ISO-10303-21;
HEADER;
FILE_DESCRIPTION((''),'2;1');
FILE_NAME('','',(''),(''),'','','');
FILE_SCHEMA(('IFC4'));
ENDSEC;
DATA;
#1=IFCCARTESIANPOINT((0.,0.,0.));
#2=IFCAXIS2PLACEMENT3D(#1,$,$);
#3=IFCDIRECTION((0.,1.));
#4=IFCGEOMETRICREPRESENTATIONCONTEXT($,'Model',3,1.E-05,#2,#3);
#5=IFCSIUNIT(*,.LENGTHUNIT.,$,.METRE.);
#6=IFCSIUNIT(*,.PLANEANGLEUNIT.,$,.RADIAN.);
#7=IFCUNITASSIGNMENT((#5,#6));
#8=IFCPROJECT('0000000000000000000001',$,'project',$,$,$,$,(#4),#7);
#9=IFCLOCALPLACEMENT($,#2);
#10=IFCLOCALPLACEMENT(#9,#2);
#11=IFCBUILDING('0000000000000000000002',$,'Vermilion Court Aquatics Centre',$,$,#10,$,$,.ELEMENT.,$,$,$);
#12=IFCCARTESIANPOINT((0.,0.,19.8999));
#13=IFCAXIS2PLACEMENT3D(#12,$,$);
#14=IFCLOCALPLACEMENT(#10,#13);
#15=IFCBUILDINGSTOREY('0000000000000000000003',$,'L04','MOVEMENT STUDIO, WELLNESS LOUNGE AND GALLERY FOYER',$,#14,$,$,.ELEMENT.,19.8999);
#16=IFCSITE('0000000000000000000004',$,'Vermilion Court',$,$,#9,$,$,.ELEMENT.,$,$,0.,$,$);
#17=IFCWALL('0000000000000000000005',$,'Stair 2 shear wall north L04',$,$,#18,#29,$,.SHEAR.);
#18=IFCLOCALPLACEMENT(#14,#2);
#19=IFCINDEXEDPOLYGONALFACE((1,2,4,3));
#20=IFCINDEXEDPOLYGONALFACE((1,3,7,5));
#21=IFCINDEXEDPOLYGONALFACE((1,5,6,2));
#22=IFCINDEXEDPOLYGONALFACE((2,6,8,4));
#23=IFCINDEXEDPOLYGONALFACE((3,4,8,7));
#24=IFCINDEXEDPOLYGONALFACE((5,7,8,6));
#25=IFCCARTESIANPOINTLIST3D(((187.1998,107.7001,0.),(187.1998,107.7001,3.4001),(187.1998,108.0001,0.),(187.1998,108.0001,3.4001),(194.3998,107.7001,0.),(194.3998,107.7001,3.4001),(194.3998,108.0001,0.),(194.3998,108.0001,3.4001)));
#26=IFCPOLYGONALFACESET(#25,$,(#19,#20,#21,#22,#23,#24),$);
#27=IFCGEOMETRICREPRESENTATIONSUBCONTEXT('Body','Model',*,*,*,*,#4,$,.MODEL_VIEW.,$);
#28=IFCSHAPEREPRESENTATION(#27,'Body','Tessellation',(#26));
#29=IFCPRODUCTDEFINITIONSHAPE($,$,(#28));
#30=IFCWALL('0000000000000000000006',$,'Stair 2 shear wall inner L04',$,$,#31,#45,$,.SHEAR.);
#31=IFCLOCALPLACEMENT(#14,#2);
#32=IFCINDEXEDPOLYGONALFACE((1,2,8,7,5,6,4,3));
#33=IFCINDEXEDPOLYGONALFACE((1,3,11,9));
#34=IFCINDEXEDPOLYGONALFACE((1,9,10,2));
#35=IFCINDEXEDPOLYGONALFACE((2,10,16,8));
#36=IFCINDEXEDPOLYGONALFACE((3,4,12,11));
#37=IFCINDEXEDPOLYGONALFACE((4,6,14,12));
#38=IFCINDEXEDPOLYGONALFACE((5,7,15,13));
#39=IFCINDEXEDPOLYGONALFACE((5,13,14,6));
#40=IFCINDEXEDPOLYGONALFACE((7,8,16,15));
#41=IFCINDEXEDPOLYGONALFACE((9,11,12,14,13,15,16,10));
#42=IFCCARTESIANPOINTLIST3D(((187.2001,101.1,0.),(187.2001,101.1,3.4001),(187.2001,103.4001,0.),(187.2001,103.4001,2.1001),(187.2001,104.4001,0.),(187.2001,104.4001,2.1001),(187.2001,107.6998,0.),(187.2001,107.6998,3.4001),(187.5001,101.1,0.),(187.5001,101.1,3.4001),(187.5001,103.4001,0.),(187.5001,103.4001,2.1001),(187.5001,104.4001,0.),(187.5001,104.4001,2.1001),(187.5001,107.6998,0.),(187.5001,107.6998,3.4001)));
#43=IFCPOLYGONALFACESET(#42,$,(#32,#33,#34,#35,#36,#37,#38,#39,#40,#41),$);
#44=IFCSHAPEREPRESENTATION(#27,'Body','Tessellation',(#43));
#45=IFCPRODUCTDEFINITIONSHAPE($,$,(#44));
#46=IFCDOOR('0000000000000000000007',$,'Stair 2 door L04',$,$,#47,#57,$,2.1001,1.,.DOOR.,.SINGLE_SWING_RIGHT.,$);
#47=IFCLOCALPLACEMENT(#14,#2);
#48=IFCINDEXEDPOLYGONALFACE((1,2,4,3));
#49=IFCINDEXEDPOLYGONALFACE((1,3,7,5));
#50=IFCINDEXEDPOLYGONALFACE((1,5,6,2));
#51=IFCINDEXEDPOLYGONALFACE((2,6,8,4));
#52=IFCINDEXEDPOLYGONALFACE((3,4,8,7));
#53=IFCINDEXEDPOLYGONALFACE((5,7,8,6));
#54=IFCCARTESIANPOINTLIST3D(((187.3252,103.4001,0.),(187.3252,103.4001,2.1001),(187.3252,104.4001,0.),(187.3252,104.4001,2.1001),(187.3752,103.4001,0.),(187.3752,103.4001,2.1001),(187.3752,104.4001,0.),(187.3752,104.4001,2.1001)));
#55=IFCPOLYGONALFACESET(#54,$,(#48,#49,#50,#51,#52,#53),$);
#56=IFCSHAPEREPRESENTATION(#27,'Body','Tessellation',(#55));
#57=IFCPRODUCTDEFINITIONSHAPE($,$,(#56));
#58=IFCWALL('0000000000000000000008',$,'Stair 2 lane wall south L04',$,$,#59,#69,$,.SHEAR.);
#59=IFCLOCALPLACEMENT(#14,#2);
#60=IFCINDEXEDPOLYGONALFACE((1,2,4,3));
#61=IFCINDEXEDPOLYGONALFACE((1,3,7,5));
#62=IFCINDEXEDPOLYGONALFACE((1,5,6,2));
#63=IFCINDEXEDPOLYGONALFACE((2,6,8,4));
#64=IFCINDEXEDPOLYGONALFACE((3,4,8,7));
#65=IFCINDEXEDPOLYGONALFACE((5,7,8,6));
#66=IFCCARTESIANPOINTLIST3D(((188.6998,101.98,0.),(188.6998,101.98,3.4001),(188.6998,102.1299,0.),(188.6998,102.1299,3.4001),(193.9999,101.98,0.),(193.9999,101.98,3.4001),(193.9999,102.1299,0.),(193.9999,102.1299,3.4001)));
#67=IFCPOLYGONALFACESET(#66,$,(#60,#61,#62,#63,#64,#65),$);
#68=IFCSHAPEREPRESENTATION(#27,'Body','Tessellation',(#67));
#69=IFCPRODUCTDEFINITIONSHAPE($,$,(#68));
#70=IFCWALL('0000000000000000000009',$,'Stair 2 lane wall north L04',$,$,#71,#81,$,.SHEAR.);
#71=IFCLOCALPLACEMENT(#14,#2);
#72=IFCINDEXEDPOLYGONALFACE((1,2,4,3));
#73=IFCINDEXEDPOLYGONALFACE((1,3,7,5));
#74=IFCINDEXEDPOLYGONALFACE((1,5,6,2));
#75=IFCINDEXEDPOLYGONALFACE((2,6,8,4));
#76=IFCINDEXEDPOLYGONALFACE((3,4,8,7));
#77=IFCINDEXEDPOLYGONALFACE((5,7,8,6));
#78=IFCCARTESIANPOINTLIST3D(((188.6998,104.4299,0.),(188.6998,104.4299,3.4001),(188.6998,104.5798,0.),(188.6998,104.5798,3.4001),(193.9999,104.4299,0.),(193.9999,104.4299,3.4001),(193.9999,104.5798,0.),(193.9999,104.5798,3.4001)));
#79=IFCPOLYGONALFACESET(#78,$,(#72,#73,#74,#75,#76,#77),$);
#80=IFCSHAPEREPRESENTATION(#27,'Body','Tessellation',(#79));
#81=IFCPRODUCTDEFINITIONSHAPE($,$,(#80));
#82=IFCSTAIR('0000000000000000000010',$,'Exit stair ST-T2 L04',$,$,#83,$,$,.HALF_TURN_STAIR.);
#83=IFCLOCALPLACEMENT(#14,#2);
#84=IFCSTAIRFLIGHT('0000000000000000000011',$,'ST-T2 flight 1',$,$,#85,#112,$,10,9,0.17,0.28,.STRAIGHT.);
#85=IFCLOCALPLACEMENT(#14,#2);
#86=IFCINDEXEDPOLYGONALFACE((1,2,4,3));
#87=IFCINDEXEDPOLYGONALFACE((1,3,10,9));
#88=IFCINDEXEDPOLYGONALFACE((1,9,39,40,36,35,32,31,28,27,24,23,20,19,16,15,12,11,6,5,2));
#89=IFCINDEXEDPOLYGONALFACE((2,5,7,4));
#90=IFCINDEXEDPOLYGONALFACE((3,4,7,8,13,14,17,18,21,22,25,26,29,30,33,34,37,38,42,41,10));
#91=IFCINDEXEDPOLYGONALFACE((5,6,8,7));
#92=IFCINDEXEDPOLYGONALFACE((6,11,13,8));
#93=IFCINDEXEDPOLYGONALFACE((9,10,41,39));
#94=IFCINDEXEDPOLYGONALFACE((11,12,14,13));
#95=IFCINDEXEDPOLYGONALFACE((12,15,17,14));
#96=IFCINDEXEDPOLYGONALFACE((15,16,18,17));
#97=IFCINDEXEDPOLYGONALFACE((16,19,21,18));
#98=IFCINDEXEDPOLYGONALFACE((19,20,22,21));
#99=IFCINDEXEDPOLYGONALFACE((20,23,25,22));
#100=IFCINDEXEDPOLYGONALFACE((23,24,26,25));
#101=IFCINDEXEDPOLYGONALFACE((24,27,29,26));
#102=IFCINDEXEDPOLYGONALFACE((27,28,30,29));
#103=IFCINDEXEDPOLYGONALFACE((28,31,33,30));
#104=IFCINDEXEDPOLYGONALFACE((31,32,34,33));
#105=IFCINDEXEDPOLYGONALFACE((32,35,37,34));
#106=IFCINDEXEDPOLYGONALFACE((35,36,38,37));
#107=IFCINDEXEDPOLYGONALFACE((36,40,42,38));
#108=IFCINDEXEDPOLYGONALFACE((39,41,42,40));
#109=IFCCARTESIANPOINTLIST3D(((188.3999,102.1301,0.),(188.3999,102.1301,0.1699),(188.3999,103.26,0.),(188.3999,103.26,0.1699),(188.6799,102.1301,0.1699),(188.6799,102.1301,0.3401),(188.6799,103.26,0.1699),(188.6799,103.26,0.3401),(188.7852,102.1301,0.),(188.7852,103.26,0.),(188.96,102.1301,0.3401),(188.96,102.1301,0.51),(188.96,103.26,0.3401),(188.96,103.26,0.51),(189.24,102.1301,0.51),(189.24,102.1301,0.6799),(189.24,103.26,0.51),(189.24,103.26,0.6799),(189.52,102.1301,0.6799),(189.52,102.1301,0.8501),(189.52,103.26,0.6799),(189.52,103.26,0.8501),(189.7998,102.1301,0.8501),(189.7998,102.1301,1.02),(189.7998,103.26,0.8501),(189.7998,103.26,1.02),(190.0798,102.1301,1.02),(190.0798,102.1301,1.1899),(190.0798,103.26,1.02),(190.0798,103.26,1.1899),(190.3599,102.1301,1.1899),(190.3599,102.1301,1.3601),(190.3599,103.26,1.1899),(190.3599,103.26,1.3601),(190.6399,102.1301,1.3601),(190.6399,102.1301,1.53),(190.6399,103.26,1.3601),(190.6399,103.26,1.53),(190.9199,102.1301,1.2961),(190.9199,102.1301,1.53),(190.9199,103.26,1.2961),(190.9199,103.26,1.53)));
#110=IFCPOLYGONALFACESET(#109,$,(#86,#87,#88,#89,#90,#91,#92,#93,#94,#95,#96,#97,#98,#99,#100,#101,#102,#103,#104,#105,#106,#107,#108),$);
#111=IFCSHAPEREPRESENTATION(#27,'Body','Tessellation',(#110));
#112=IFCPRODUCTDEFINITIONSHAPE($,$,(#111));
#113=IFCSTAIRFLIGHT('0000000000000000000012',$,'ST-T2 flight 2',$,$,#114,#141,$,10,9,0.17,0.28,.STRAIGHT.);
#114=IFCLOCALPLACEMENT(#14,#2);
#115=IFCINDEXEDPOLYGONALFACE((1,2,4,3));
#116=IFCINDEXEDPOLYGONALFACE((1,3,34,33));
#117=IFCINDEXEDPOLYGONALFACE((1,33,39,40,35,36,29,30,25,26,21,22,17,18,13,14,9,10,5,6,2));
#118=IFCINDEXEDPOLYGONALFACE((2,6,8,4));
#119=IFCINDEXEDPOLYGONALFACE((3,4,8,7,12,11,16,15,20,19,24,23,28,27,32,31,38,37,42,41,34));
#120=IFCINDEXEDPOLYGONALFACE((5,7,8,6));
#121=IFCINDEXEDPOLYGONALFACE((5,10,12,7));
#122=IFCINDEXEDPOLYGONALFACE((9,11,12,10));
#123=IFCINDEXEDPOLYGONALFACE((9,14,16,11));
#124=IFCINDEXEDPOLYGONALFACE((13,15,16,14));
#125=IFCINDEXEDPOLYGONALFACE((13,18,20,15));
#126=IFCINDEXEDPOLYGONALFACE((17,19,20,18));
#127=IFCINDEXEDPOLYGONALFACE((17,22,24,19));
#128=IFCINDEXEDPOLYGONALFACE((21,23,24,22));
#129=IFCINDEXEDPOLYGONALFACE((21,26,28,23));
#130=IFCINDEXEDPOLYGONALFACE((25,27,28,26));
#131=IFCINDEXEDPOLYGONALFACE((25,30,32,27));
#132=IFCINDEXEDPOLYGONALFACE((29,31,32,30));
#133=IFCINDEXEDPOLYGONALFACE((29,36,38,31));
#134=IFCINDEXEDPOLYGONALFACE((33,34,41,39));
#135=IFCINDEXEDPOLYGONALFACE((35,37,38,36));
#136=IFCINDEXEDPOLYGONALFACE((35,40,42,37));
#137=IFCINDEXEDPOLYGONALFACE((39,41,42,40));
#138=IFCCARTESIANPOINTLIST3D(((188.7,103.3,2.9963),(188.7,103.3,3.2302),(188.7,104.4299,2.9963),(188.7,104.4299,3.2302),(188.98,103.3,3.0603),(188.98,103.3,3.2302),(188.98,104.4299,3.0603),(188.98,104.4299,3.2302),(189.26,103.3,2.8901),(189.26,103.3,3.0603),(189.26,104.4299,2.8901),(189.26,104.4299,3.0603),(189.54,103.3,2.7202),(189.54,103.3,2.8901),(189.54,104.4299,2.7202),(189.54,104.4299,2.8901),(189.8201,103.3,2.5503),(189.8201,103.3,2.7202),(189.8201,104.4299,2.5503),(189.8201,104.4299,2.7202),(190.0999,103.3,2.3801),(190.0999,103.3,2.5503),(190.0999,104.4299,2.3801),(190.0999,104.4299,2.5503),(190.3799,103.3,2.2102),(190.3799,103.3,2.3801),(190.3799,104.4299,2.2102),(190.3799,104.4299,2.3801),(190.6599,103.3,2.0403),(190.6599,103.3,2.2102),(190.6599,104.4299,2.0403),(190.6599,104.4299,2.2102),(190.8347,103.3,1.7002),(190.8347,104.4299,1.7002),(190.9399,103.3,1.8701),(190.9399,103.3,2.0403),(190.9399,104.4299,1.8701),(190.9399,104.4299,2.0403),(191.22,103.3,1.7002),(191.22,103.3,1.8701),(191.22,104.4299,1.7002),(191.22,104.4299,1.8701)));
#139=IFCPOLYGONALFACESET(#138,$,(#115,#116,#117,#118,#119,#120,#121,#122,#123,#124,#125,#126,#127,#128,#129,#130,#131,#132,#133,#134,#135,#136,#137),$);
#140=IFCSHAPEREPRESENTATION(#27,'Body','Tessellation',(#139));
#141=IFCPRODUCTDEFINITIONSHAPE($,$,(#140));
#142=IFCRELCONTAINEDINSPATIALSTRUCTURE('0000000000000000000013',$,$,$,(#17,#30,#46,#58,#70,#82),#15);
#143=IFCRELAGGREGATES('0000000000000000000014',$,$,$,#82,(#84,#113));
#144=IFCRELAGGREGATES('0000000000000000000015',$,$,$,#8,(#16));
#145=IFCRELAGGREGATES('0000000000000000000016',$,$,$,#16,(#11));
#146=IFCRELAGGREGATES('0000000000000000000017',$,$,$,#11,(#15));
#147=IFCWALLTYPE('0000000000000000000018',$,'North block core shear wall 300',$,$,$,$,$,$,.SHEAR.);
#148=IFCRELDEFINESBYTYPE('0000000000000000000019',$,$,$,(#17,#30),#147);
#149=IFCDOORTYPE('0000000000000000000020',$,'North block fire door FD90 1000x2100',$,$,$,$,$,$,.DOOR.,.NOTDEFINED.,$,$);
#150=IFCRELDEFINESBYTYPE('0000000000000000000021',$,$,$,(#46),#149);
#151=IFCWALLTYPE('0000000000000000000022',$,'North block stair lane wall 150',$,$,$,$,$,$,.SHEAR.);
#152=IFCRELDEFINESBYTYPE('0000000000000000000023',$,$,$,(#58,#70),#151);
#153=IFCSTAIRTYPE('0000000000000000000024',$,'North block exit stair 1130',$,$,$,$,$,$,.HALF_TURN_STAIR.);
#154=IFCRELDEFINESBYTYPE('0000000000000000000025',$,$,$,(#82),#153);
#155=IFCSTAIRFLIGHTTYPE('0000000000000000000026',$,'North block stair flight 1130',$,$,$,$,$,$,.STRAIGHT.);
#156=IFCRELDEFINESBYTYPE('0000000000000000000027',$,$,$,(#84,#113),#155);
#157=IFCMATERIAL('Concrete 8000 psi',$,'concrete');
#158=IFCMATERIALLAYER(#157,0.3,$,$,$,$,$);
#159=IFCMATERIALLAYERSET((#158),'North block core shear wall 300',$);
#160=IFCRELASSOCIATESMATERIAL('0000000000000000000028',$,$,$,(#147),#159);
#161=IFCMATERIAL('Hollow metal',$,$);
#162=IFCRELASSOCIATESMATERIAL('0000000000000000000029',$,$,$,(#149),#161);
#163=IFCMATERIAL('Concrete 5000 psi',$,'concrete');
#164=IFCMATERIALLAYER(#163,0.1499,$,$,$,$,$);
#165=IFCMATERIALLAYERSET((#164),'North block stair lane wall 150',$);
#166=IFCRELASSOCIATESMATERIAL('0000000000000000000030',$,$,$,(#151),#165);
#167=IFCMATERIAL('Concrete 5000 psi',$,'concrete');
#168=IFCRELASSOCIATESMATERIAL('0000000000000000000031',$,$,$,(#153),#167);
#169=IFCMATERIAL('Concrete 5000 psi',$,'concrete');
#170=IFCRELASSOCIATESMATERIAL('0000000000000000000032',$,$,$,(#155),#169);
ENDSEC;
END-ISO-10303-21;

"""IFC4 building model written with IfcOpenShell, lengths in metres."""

from ifc_helpers import new_model, si_unit, direction, frame, frame_2d, origin, place, context, subcontext, project, spatial, polyline, rectangle, outline, extrude, material, layer, layer_set, type_object, element, fill, aggregate, save


model = new_model("IFC4")

# Units and contexts
model_context = context("Model", 3, precision=1e-05, world=origin(), true_north=direction((0.0, 1.0)))
body_context = subcontext(model_context, "Body", "Model", "MODEL_VIEW")
ifc_project = project(units=[si_unit("LENGTHUNIT", "METRE"), si_unit("PLANEANGLEUNIT", "RADIAN")], contexts=[model_context])

# Site, building, storey
site_placement = place(None, origin())
site = spatial("IfcSite", under=ifc_project, at=site_placement, Name="Vermilion Court", CompositionType="ELEMENT", RefElevation=0.0)
building_placement = place(site_placement, origin())
building = spatial("IfcBuilding", under=site, at=building_placement, Name="Vermilion Court Aquatics Centre", CompositionType="ELEMENT")
storey_placement = place(building_placement, frame((0.0, 0.0, 19.8999)))
storey = spatial("IfcBuildingStorey", under=building, at=storey_placement, Name="L04", Description="MOVEMENT STUDIO, WELLNESS LOUNGE AND GALLERY FOYER", CompositionType="ELEMENT", Elevation=19.8999)

# Wall
ifc_material_1 = material(Name="Concrete 8000 psi", Category="concrete")
ifc_layer_1 = layer(ifc_material_1, 0.3)
ifc_layer_set_1 = layer_set([ifc_layer_1], Name="North block core shear wall 300")
wall_type_1 = type_object("IfcWallType", Name="North block core shear wall 300", PredefinedType="SHEAR", material=ifc_layer_set_1)
for number, where, z_axis, x_axis, name in (
    (1, (194.3999, 107.8501, 0.0), (0.0, 0.0, 1.0), (-1.0, 0.0, 0.0), "Stair 2 shear wall north L04"),
):
    element("IfcWall", number, at=place(storey_placement, frame(where, z_axis=z_axis, x_axis=x_axis)), inside=storey, type_object=wall_type_1, Name=name, PredefinedType="SHEAR", context=body_context, shape_type="SweptSolid", body=[
        extrude(rectangle(XDim=7.2, YDim=0.3, at=frame_2d((3.6001, 0.0))), origin(), (0.0, 0.0, 1.0), 3.4001),
    ])

# Wall, opening, door
wall_1_placement = place(storey_placement, frame((187.3501, 101.1001, 0.0), z_axis=(0.0, 0.0, 1.0), x_axis=(0.0, 1.0, 0.0)))
wall_1 = element("IfcWall", 2, at=wall_1_placement, inside=storey, type_object=wall_type_1, Name="Stair 2 shear wall inner L04", PredefinedType="SHEAR", context=body_context, shape_type="SweptSolid", body=[
    extrude(rectangle(XDim=6.5999, YDim=0.3, at=frame_2d((3.2998, 0.0))), origin(), (0.0, 0.0, 1.0), 3.4001),
])
opening_1_placement = place(wall_1_placement, frame((2.3, 0.0, 0.0)))
opening_1 = element("IfcOpeningElement", 3, at=opening_1_placement, cuts=wall_1, PredefinedType="OPENING", context=body_context, shape_type="SweptSolid", body=[
    extrude(rectangle(XDim=1.0, YDim=2.1001, at=frame_2d((0.5, 1.05))), frame((0.0, 0.1599, 0.0), z_axis=(0.0, -1.0, 0.0), x_axis=(1.0, 0.0, 0.0)), (0.0, 0.0, 1.0), 0.3201),
])
ifc_material_2 = material(Name="Hollow metal")
door_type = type_object("IfcDoorType", Name="North block fire door FD90 1000x2100", OperationType="NOTDEFINED", PredefinedType="DOOR", material=ifc_material_2)
door_placement = place(opening_1_placement, frame((1.0, 0.0, 0.0), z_axis=(0.0, 0.0, 1.0), x_axis=(-1.0, 0.0, 0.0)))
door = element("IfcDoor", 4, at=door_placement, inside=storey, type_object=door_type, Name="Stair 2 door L04", OperationType="SINGLE_SWING_RIGHT", OverallHeight=2.1001, OverallWidth=1.0, PredefinedType="DOOR", context=body_context, shape_type="SweptSolid", body=[
    extrude(rectangle(XDim=1.0, YDim=2.1001, at=frame_2d((0.5, 1.05))), frame((0.0, 0.0251, 0.0), z_axis=(0.0, -1.0, 0.0), x_axis=(1.0, 0.0, 0.0)), (0.0, 0.0, 1.0), 0.05),
])
fill(opening_1, door)

# Walls
ifc_material_3 = material(Name="Concrete 5000 psi", Category="concrete")
ifc_layer_2 = layer(ifc_material_3, 0.1499)
ifc_layer_set_2 = layer_set([ifc_layer_2], Name="North block stair lane wall 150")
wall_type_2 = type_object("IfcWallType", Name="North block stair lane wall 150", PredefinedType="SHEAR", material=ifc_layer_set_2)
for number, where, z_axis, x_axis, name in (
    (5, (188.7, 102.0549, 0.0), (0.0, 0.0, 1.0), (1.0, 0.0, 0.0), "Stair 2 lane wall south L04"),
    (6, (188.7, 104.5049, 0.0), (0.0, 0.0, 1.0), (1.0, 0.0, 0.0), "Stair 2 lane wall north L04"),
):
    element("IfcWall", number, at=place(storey_placement, frame(where, z_axis=z_axis, x_axis=x_axis)), inside=storey, type_object=wall_type_2, Name=name, PredefinedType="SHEAR", context=body_context, shape_type="SweptSolid", body=[
        extrude(rectangle(XDim=5.3, YDim=0.1499, at=frame_2d((2.6499, 0.0))), origin(), (0.0, 0.0, 1.0), 3.4001),
    ])

# Stair, stair flights
ifc_material_4 = material(Name="Concrete 5000 psi", Category="concrete")
stair_type = type_object("IfcStairType", Name="North block exit stair 1130", PredefinedType="HALF_TURN_STAIR", material=ifc_material_4)
stair_placement = place(storey_placement, origin())
stair = element("IfcStair", 7, at=stair_placement, inside=storey, type_object=stair_type, Name="Exit stair ST-T2 L04", PredefinedType="HALF_TURN_STAIR")
ifc_material_5 = material(Name="Concrete 5000 psi", Category="concrete")
stair_flight_type = type_object("IfcStairFlightType", Name="North block stair flight 1130", PredefinedType="STRAIGHT", material=ifc_material_5)
stair_flight_1_placement = place(storey_placement, frame((188.3999, 102.6951, 0.0), z_axis=(0.0, 0.0, 1.0), x_axis=(1.0, 0.0, 0.0)))
stair_flight_1 = element("IfcStairFlight", 8, at=stair_flight_1_placement, type_object=stair_flight_type, Name="ST-T2 flight 1", NumberOfRisers=10, NumberOfTreads=9, PredefinedType="STRAIGHT", RiserHeight=0.17, TreadLength=0.28, context=body_context, shape_type="SweptSolid", body=[
    extrude(outline(polyline([(0.0, 0.0), (0.0, 0.1699), (0.28, 0.1699), (0.28, 0.3401), (0.5601, 0.3401), (0.5601, 0.51), (0.8401, 0.51), (0.8401, 0.6799), (1.1201, 0.6799), (1.1201, 0.8501), (1.3999, 0.8501), (1.3999, 1.02), (1.6799, 1.02), (1.6799, 1.1899), (1.96, 1.1899), (1.96, 1.3601), (2.24, 1.3601), (2.24, 1.53), (2.52, 1.53), (2.52, 1.7), (2.52, 1.2961), (0.3853, 0.0), (0.0, 0.0)])), frame((0.0, 0.5649, 0.0), z_axis=(0.0, -1.0, 0.0), x_axis=(1.0, 0.0, 0.0)), (0.0, 0.0, 1.0), 1.1299),
])
stair_flight_2_placement = place(storey_placement, frame((191.22, 103.865, 1.7002), z_axis=(0.0, 0.0, 1.0), x_axis=(-1.0, 0.0, 0.0)))
stair_flight_2 = element("IfcStairFlight", 9, at=stair_flight_2_placement, type_object=stair_flight_type, Name="ST-T2 flight 2", NumberOfRisers=10, NumberOfTreads=9, PredefinedType="STRAIGHT", RiserHeight=0.17, TreadLength=0.28, context=body_context, shape_type="SweptSolid", body=[
    extrude(outline(polyline([(0.0, 0.0), (0.0, 0.1699), (0.28, 0.1699), (0.28, 0.3401), (0.5601, 0.3401), (0.5601, 0.51), (0.8401, 0.51), (0.8401, 0.6799), (1.1201, 0.6799), (1.1201, 0.8501), (1.3999, 0.8501), (1.3999, 1.02), (1.6799, 1.02), (1.6799, 1.1899), (1.96, 1.1899), (1.96, 1.3601), (2.24, 1.3601), (2.24, 1.53), (2.52, 1.53), (2.52, 1.7), (2.52, 1.2961), (0.3853, 0.0), (0.0, 0.0)])), frame((0.0, 0.5649, 0.0), z_axis=(0.0, -1.0, 0.0), x_axis=(1.0, 0.0, 0.0)), (0.0, 0.0, 1.0), 1.1299),
])
aggregate(stair, [stair_flight_1, stair_flight_2])

save(model, "model.ifc")
